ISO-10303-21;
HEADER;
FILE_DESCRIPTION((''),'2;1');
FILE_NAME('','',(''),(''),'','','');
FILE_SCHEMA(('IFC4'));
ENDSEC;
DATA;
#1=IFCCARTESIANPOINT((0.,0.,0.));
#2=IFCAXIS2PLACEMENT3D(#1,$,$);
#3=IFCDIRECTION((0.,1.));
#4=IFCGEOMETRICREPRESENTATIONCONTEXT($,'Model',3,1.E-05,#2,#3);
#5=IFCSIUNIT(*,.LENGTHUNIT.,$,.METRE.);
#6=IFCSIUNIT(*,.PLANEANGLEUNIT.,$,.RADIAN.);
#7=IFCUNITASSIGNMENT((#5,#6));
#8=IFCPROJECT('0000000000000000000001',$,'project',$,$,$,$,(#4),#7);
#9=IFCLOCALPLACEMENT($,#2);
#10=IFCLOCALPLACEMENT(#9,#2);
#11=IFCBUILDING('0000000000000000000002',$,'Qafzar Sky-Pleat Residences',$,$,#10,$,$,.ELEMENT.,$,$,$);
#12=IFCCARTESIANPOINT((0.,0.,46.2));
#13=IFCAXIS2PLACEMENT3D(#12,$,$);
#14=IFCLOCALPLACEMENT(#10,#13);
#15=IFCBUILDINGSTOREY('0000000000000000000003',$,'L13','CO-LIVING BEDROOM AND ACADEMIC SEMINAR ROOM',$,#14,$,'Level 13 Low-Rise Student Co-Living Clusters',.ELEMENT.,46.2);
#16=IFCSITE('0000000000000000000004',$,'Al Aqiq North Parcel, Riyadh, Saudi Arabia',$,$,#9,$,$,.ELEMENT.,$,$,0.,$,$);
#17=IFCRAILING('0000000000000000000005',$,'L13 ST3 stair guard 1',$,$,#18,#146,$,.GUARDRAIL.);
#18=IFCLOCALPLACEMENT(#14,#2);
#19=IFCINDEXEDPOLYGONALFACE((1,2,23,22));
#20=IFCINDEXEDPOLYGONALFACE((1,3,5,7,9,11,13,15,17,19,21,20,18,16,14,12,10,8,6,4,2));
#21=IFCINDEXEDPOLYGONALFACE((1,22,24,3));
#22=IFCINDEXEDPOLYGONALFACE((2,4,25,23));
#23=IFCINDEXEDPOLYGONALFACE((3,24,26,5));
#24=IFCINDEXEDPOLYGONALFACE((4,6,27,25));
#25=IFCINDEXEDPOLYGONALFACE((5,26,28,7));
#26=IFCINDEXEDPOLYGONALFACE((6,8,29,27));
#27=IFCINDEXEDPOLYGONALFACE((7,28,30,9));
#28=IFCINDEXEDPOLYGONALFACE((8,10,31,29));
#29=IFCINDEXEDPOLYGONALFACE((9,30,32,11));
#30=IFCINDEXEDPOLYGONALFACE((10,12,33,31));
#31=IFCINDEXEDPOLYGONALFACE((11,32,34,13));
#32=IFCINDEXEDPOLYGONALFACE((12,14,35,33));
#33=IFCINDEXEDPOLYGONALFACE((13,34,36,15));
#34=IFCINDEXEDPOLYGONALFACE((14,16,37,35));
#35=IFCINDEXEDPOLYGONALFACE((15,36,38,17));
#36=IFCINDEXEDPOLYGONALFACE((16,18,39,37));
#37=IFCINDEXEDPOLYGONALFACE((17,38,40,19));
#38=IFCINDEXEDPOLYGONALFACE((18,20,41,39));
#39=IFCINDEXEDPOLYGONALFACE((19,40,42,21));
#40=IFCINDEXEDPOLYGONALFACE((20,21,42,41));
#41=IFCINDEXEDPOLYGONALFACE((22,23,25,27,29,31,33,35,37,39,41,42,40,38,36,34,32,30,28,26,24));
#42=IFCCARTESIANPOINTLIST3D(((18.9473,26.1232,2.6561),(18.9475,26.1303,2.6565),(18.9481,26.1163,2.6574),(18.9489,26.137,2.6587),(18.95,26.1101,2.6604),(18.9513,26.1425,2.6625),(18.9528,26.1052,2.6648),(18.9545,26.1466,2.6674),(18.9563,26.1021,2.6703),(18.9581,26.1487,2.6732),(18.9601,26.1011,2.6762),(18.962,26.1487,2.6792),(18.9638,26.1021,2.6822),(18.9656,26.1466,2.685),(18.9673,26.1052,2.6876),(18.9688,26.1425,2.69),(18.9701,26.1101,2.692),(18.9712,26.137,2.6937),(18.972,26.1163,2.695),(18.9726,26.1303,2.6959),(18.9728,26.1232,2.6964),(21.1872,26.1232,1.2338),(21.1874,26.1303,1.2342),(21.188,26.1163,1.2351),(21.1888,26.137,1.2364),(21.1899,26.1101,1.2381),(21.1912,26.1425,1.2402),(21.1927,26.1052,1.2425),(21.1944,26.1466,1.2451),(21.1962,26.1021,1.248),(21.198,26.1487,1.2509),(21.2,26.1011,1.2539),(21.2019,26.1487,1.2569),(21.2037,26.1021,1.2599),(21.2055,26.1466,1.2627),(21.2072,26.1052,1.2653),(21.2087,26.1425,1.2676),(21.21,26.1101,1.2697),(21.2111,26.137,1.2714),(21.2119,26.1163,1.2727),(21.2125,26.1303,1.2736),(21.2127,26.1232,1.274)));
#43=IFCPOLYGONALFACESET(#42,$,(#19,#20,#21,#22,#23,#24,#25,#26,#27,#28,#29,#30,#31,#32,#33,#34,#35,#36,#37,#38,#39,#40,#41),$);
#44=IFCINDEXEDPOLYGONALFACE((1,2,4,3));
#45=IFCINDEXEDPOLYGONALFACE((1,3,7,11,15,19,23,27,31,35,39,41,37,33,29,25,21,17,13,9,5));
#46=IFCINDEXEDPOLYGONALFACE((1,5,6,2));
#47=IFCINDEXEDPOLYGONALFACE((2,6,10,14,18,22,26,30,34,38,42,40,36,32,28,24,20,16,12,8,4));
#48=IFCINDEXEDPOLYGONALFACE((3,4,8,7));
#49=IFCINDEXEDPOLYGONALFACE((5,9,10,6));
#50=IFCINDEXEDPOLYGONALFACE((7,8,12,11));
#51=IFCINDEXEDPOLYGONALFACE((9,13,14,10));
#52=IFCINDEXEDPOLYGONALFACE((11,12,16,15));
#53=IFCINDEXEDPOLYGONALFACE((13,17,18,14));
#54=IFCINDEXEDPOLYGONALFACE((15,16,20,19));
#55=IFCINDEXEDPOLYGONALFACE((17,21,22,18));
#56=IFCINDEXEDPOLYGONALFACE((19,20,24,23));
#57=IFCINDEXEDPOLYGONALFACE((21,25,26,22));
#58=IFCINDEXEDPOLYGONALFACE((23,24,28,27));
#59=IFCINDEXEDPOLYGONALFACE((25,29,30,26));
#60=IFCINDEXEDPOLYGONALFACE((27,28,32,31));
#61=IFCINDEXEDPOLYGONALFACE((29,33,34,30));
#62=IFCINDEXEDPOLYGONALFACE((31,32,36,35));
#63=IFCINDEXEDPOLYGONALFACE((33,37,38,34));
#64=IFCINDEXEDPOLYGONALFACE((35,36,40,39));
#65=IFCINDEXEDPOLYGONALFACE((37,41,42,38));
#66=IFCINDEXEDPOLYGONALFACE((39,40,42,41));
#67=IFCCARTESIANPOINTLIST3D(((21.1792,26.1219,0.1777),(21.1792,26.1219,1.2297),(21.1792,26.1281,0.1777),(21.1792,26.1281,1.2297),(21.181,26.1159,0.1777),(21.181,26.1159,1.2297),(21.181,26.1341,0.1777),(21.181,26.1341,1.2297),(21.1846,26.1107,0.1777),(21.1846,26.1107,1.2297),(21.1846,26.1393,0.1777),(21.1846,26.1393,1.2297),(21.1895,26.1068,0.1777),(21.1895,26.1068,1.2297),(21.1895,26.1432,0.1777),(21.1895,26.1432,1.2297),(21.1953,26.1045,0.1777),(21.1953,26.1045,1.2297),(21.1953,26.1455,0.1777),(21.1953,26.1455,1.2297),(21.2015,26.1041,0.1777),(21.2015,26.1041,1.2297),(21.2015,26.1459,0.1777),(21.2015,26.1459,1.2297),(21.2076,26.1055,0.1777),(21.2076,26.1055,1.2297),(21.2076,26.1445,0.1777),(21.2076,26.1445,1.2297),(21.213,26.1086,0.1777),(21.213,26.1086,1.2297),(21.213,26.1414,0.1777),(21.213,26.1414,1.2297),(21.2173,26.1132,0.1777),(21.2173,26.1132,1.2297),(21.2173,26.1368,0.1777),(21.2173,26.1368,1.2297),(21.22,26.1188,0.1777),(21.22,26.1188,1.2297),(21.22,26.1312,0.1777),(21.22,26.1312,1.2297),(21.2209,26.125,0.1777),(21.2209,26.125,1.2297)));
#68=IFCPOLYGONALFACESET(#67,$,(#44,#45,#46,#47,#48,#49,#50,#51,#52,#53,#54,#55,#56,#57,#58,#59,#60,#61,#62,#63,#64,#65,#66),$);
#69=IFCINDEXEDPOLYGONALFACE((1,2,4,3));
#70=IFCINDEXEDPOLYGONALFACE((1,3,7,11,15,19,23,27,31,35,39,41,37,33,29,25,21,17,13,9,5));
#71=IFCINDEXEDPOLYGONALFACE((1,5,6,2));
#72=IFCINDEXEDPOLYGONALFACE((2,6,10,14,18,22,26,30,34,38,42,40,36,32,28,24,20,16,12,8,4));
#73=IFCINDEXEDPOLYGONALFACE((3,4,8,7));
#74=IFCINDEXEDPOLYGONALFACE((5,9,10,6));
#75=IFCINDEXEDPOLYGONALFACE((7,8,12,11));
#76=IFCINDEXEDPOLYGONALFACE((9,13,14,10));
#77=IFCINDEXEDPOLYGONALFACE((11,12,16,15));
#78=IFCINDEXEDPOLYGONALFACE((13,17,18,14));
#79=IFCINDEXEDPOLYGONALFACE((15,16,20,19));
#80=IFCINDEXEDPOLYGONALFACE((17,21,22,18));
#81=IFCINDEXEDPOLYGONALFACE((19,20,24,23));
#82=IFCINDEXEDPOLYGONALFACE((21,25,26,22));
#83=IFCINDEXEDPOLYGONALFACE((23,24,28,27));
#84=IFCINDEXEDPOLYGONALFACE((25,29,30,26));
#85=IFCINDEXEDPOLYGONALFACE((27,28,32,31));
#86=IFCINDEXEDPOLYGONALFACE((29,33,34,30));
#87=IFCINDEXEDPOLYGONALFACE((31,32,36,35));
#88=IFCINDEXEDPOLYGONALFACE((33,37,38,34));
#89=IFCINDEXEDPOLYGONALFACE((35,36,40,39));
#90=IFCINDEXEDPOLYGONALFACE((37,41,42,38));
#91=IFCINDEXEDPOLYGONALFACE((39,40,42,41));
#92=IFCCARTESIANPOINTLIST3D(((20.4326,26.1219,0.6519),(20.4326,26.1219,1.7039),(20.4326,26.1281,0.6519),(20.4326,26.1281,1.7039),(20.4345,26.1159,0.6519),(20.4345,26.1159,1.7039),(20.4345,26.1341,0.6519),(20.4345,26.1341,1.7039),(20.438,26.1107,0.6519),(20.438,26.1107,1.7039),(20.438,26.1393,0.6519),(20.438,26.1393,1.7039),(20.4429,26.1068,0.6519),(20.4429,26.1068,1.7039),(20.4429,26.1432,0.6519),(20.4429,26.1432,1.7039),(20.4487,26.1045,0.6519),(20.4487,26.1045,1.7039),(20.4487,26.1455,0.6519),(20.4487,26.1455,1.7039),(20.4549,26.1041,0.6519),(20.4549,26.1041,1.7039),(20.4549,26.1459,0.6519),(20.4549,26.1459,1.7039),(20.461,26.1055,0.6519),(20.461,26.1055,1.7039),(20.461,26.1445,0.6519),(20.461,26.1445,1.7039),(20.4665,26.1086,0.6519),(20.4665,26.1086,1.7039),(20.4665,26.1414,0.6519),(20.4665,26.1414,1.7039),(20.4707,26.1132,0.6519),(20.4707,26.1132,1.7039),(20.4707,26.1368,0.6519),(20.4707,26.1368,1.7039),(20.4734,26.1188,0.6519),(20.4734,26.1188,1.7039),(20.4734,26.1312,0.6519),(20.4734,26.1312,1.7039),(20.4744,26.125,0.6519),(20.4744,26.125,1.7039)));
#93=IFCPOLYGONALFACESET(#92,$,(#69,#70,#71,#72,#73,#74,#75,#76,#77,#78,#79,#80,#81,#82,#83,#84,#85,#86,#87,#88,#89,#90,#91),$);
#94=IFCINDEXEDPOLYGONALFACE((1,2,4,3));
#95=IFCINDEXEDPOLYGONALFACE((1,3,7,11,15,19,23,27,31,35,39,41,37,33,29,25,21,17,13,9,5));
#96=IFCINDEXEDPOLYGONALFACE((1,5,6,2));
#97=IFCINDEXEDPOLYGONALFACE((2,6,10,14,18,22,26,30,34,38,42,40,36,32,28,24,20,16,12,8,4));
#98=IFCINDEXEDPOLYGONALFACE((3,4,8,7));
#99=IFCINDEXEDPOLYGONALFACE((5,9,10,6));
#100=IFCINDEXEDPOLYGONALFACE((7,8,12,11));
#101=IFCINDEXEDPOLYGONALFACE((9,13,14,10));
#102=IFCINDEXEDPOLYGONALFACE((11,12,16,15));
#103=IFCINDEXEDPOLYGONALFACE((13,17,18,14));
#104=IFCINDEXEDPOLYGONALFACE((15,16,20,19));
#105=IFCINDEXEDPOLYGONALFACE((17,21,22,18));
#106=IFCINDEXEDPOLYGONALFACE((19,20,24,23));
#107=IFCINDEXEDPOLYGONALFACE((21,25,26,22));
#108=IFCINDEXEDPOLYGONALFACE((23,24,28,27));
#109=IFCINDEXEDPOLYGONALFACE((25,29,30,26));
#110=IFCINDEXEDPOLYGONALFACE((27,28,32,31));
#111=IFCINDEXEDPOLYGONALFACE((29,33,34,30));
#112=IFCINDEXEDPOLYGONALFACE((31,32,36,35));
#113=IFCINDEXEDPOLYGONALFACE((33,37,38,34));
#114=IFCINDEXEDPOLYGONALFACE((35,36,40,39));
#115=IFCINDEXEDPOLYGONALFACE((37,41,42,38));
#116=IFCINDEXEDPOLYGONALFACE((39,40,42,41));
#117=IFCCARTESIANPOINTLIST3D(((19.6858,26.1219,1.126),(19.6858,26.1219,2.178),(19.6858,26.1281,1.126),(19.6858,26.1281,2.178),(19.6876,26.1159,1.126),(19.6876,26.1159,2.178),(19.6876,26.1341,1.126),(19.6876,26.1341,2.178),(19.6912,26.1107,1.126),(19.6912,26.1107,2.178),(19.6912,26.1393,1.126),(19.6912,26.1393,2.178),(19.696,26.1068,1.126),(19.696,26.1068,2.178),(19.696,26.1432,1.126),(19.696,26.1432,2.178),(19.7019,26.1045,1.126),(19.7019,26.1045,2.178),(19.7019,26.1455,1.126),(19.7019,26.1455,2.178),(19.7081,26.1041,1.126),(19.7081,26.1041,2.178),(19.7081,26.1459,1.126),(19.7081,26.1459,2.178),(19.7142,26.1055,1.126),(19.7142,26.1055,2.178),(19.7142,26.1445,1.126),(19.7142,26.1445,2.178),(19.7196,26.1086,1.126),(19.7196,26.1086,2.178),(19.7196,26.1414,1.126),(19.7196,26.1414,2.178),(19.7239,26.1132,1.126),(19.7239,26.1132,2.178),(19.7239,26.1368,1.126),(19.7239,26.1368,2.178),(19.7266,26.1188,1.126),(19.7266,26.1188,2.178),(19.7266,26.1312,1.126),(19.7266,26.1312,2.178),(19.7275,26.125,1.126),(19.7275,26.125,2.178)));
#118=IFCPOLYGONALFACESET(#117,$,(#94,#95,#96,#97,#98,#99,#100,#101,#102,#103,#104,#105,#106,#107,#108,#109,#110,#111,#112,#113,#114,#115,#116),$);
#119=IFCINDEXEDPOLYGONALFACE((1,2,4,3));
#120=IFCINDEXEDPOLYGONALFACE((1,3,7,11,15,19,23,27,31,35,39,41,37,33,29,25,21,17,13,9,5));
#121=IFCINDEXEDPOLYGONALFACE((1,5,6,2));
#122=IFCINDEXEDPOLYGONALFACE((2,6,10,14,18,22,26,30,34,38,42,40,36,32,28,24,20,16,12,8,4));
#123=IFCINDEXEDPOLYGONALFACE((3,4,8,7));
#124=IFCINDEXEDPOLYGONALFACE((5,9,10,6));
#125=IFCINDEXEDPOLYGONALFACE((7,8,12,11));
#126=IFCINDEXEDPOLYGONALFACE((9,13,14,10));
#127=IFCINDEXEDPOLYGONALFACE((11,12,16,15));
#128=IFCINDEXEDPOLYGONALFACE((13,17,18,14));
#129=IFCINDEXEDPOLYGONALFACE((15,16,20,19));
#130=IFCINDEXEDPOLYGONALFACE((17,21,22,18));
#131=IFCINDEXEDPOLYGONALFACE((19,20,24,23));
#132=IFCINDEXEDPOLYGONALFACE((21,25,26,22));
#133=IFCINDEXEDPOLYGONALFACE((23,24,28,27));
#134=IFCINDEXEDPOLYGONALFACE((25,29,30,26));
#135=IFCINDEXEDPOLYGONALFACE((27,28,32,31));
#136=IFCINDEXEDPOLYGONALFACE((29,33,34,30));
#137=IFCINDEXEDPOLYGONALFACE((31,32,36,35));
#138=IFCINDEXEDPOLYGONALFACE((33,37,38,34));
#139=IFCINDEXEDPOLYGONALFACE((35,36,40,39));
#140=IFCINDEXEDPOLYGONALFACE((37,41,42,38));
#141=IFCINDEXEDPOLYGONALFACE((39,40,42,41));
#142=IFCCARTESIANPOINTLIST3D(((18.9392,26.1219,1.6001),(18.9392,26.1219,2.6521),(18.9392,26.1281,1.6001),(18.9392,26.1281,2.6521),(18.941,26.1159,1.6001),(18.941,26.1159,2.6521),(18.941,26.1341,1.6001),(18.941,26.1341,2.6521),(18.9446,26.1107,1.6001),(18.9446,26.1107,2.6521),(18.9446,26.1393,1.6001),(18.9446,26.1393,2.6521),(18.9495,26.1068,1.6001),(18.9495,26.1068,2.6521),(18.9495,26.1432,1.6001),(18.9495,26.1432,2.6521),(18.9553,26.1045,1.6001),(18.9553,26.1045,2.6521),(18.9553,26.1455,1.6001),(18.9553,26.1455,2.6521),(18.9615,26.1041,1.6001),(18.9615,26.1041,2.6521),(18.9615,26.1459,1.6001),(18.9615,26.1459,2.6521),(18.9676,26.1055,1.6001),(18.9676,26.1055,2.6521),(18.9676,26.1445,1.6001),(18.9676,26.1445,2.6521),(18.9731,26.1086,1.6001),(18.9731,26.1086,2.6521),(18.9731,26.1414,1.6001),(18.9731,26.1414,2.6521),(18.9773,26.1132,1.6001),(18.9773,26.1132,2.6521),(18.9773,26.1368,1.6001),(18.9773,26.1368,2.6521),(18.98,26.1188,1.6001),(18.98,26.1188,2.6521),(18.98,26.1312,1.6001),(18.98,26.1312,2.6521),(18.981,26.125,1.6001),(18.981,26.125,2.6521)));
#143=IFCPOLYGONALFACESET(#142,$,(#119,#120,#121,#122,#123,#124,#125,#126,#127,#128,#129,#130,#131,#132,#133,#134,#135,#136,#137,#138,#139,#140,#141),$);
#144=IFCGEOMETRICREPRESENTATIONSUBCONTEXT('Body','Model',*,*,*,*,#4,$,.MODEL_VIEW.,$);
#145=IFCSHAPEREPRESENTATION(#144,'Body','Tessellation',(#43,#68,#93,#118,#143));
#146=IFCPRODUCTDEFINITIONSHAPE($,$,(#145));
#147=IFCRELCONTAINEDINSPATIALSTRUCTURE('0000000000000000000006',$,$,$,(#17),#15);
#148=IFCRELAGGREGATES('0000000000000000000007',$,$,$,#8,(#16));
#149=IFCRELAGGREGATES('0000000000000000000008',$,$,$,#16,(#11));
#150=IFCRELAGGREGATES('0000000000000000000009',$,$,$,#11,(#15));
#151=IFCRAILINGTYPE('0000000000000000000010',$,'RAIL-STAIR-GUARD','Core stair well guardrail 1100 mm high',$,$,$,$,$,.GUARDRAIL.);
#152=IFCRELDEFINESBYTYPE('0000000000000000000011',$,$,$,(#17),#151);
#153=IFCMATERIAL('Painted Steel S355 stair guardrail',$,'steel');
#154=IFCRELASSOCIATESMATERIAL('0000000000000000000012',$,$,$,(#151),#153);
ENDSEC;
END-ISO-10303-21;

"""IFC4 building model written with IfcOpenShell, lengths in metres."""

from ifc_helpers import new_model, si_unit, direction, frame, origin, origin_2d, place, context, subcontext, project, spatial, circle, extrude, source, transform, mapped, material, type_object, element, save


model = new_model("IFC4")

# Units and contexts
model_context = context("Model", 3, precision=1e-05, world=origin(), true_north=direction((0.0, 1.0)))
body_context = subcontext(model_context, "Body", "Model", "MODEL_VIEW")
ifc_project = project(units=[si_unit("LENGTHUNIT", "METRE"), si_unit("PLANEANGLEUNIT", "RADIAN")], contexts=[model_context])

# Site, building, storey
site_placement = place(None, origin())
site = spatial("IfcSite", under=ifc_project, at=site_placement, Name="Al Aqiq North Parcel, Riyadh, Saudi Arabia", CompositionType="ELEMENT", RefElevation=0.0)
building_placement = place(site_placement, origin())
building = spatial("IfcBuilding", under=site, at=building_placement, Name="Qafzar Sky-Pleat Residences", CompositionType="ELEMENT")
storey_placement = place(building_placement, frame((0.0, 0.0, 46.2)))
storey = spatial("IfcBuildingStorey", under=building, at=storey_placement, Name="L13", Description="CO-LIVING BEDROOM AND ACADEMIC SEMINAR ROOM", LongName="Level 13 Low-Rise Student Co-Living Clusters", CompositionType="ELEMENT", Elevation=46.2)

# Railing
ifc_material_1 = material(Name="Painted Steel S355 stair guardrail", Category="steel")
railing_type_1 = type_object("IfcRailingType", Name="RAIL-STAIR-GUARD", Description="Core stair well guardrail 1100 mm high", PredefinedType="GUARDRAIL", material=ifc_material_1)
shared_shape_1 = source(origin(), body_context, "Body", "SweptSolid", [
    extrude(circle(Radius=0.0239, at=origin_2d()), frame((0.0, 0.0, 1.0762), z_axis=(-0.844188, 0.0, 0.536048), x_axis=(0.0, -1.0, 0.0)), (0.0, 0.0, 1.0), 2.6533),
    extrude(circle(Radius=0.021, at=origin_2d()), origin(), (0.0, 0.0, 1.0), 1.052),
    extrude(circle(Radius=0.021, at=origin_2d()), frame((-0.7466, 0.0, 0.4741)), (0.0, 0.0, 1.0), 1.052),
    extrude(circle(Radius=0.021, at=origin_2d()), frame((-1.4934, 0.0, 0.9482)), (0.0, 0.0, 1.0), 1.052),
    extrude(circle(Radius=0.021, at=origin_2d()), frame((-2.24, 0.0, 1.4224)), (0.0, 0.0, 1.0), 1.052),
])
railing_1_placement = place(storey_placement, frame((21.2, 26.125, 0.1777)))
element("IfcRailing", 1, at=railing_1_placement, inside=storey, type_object=railing_type_1, Name="L13 ST3 stair guard 1", PredefinedType="GUARDRAIL", context=body_context, shape_type="MappedRepresentation", body=[
    mapped(shared_shape_1, transform((0.0, 0.0, 0.0), x_axis=(1.0, 0.0, 0.0), y_axis=(0.0, 1.0, 0.0), z_axis=(0.0, 0.0, 1.0), scale=1.0)),
])

save(model, "model.ifc")
